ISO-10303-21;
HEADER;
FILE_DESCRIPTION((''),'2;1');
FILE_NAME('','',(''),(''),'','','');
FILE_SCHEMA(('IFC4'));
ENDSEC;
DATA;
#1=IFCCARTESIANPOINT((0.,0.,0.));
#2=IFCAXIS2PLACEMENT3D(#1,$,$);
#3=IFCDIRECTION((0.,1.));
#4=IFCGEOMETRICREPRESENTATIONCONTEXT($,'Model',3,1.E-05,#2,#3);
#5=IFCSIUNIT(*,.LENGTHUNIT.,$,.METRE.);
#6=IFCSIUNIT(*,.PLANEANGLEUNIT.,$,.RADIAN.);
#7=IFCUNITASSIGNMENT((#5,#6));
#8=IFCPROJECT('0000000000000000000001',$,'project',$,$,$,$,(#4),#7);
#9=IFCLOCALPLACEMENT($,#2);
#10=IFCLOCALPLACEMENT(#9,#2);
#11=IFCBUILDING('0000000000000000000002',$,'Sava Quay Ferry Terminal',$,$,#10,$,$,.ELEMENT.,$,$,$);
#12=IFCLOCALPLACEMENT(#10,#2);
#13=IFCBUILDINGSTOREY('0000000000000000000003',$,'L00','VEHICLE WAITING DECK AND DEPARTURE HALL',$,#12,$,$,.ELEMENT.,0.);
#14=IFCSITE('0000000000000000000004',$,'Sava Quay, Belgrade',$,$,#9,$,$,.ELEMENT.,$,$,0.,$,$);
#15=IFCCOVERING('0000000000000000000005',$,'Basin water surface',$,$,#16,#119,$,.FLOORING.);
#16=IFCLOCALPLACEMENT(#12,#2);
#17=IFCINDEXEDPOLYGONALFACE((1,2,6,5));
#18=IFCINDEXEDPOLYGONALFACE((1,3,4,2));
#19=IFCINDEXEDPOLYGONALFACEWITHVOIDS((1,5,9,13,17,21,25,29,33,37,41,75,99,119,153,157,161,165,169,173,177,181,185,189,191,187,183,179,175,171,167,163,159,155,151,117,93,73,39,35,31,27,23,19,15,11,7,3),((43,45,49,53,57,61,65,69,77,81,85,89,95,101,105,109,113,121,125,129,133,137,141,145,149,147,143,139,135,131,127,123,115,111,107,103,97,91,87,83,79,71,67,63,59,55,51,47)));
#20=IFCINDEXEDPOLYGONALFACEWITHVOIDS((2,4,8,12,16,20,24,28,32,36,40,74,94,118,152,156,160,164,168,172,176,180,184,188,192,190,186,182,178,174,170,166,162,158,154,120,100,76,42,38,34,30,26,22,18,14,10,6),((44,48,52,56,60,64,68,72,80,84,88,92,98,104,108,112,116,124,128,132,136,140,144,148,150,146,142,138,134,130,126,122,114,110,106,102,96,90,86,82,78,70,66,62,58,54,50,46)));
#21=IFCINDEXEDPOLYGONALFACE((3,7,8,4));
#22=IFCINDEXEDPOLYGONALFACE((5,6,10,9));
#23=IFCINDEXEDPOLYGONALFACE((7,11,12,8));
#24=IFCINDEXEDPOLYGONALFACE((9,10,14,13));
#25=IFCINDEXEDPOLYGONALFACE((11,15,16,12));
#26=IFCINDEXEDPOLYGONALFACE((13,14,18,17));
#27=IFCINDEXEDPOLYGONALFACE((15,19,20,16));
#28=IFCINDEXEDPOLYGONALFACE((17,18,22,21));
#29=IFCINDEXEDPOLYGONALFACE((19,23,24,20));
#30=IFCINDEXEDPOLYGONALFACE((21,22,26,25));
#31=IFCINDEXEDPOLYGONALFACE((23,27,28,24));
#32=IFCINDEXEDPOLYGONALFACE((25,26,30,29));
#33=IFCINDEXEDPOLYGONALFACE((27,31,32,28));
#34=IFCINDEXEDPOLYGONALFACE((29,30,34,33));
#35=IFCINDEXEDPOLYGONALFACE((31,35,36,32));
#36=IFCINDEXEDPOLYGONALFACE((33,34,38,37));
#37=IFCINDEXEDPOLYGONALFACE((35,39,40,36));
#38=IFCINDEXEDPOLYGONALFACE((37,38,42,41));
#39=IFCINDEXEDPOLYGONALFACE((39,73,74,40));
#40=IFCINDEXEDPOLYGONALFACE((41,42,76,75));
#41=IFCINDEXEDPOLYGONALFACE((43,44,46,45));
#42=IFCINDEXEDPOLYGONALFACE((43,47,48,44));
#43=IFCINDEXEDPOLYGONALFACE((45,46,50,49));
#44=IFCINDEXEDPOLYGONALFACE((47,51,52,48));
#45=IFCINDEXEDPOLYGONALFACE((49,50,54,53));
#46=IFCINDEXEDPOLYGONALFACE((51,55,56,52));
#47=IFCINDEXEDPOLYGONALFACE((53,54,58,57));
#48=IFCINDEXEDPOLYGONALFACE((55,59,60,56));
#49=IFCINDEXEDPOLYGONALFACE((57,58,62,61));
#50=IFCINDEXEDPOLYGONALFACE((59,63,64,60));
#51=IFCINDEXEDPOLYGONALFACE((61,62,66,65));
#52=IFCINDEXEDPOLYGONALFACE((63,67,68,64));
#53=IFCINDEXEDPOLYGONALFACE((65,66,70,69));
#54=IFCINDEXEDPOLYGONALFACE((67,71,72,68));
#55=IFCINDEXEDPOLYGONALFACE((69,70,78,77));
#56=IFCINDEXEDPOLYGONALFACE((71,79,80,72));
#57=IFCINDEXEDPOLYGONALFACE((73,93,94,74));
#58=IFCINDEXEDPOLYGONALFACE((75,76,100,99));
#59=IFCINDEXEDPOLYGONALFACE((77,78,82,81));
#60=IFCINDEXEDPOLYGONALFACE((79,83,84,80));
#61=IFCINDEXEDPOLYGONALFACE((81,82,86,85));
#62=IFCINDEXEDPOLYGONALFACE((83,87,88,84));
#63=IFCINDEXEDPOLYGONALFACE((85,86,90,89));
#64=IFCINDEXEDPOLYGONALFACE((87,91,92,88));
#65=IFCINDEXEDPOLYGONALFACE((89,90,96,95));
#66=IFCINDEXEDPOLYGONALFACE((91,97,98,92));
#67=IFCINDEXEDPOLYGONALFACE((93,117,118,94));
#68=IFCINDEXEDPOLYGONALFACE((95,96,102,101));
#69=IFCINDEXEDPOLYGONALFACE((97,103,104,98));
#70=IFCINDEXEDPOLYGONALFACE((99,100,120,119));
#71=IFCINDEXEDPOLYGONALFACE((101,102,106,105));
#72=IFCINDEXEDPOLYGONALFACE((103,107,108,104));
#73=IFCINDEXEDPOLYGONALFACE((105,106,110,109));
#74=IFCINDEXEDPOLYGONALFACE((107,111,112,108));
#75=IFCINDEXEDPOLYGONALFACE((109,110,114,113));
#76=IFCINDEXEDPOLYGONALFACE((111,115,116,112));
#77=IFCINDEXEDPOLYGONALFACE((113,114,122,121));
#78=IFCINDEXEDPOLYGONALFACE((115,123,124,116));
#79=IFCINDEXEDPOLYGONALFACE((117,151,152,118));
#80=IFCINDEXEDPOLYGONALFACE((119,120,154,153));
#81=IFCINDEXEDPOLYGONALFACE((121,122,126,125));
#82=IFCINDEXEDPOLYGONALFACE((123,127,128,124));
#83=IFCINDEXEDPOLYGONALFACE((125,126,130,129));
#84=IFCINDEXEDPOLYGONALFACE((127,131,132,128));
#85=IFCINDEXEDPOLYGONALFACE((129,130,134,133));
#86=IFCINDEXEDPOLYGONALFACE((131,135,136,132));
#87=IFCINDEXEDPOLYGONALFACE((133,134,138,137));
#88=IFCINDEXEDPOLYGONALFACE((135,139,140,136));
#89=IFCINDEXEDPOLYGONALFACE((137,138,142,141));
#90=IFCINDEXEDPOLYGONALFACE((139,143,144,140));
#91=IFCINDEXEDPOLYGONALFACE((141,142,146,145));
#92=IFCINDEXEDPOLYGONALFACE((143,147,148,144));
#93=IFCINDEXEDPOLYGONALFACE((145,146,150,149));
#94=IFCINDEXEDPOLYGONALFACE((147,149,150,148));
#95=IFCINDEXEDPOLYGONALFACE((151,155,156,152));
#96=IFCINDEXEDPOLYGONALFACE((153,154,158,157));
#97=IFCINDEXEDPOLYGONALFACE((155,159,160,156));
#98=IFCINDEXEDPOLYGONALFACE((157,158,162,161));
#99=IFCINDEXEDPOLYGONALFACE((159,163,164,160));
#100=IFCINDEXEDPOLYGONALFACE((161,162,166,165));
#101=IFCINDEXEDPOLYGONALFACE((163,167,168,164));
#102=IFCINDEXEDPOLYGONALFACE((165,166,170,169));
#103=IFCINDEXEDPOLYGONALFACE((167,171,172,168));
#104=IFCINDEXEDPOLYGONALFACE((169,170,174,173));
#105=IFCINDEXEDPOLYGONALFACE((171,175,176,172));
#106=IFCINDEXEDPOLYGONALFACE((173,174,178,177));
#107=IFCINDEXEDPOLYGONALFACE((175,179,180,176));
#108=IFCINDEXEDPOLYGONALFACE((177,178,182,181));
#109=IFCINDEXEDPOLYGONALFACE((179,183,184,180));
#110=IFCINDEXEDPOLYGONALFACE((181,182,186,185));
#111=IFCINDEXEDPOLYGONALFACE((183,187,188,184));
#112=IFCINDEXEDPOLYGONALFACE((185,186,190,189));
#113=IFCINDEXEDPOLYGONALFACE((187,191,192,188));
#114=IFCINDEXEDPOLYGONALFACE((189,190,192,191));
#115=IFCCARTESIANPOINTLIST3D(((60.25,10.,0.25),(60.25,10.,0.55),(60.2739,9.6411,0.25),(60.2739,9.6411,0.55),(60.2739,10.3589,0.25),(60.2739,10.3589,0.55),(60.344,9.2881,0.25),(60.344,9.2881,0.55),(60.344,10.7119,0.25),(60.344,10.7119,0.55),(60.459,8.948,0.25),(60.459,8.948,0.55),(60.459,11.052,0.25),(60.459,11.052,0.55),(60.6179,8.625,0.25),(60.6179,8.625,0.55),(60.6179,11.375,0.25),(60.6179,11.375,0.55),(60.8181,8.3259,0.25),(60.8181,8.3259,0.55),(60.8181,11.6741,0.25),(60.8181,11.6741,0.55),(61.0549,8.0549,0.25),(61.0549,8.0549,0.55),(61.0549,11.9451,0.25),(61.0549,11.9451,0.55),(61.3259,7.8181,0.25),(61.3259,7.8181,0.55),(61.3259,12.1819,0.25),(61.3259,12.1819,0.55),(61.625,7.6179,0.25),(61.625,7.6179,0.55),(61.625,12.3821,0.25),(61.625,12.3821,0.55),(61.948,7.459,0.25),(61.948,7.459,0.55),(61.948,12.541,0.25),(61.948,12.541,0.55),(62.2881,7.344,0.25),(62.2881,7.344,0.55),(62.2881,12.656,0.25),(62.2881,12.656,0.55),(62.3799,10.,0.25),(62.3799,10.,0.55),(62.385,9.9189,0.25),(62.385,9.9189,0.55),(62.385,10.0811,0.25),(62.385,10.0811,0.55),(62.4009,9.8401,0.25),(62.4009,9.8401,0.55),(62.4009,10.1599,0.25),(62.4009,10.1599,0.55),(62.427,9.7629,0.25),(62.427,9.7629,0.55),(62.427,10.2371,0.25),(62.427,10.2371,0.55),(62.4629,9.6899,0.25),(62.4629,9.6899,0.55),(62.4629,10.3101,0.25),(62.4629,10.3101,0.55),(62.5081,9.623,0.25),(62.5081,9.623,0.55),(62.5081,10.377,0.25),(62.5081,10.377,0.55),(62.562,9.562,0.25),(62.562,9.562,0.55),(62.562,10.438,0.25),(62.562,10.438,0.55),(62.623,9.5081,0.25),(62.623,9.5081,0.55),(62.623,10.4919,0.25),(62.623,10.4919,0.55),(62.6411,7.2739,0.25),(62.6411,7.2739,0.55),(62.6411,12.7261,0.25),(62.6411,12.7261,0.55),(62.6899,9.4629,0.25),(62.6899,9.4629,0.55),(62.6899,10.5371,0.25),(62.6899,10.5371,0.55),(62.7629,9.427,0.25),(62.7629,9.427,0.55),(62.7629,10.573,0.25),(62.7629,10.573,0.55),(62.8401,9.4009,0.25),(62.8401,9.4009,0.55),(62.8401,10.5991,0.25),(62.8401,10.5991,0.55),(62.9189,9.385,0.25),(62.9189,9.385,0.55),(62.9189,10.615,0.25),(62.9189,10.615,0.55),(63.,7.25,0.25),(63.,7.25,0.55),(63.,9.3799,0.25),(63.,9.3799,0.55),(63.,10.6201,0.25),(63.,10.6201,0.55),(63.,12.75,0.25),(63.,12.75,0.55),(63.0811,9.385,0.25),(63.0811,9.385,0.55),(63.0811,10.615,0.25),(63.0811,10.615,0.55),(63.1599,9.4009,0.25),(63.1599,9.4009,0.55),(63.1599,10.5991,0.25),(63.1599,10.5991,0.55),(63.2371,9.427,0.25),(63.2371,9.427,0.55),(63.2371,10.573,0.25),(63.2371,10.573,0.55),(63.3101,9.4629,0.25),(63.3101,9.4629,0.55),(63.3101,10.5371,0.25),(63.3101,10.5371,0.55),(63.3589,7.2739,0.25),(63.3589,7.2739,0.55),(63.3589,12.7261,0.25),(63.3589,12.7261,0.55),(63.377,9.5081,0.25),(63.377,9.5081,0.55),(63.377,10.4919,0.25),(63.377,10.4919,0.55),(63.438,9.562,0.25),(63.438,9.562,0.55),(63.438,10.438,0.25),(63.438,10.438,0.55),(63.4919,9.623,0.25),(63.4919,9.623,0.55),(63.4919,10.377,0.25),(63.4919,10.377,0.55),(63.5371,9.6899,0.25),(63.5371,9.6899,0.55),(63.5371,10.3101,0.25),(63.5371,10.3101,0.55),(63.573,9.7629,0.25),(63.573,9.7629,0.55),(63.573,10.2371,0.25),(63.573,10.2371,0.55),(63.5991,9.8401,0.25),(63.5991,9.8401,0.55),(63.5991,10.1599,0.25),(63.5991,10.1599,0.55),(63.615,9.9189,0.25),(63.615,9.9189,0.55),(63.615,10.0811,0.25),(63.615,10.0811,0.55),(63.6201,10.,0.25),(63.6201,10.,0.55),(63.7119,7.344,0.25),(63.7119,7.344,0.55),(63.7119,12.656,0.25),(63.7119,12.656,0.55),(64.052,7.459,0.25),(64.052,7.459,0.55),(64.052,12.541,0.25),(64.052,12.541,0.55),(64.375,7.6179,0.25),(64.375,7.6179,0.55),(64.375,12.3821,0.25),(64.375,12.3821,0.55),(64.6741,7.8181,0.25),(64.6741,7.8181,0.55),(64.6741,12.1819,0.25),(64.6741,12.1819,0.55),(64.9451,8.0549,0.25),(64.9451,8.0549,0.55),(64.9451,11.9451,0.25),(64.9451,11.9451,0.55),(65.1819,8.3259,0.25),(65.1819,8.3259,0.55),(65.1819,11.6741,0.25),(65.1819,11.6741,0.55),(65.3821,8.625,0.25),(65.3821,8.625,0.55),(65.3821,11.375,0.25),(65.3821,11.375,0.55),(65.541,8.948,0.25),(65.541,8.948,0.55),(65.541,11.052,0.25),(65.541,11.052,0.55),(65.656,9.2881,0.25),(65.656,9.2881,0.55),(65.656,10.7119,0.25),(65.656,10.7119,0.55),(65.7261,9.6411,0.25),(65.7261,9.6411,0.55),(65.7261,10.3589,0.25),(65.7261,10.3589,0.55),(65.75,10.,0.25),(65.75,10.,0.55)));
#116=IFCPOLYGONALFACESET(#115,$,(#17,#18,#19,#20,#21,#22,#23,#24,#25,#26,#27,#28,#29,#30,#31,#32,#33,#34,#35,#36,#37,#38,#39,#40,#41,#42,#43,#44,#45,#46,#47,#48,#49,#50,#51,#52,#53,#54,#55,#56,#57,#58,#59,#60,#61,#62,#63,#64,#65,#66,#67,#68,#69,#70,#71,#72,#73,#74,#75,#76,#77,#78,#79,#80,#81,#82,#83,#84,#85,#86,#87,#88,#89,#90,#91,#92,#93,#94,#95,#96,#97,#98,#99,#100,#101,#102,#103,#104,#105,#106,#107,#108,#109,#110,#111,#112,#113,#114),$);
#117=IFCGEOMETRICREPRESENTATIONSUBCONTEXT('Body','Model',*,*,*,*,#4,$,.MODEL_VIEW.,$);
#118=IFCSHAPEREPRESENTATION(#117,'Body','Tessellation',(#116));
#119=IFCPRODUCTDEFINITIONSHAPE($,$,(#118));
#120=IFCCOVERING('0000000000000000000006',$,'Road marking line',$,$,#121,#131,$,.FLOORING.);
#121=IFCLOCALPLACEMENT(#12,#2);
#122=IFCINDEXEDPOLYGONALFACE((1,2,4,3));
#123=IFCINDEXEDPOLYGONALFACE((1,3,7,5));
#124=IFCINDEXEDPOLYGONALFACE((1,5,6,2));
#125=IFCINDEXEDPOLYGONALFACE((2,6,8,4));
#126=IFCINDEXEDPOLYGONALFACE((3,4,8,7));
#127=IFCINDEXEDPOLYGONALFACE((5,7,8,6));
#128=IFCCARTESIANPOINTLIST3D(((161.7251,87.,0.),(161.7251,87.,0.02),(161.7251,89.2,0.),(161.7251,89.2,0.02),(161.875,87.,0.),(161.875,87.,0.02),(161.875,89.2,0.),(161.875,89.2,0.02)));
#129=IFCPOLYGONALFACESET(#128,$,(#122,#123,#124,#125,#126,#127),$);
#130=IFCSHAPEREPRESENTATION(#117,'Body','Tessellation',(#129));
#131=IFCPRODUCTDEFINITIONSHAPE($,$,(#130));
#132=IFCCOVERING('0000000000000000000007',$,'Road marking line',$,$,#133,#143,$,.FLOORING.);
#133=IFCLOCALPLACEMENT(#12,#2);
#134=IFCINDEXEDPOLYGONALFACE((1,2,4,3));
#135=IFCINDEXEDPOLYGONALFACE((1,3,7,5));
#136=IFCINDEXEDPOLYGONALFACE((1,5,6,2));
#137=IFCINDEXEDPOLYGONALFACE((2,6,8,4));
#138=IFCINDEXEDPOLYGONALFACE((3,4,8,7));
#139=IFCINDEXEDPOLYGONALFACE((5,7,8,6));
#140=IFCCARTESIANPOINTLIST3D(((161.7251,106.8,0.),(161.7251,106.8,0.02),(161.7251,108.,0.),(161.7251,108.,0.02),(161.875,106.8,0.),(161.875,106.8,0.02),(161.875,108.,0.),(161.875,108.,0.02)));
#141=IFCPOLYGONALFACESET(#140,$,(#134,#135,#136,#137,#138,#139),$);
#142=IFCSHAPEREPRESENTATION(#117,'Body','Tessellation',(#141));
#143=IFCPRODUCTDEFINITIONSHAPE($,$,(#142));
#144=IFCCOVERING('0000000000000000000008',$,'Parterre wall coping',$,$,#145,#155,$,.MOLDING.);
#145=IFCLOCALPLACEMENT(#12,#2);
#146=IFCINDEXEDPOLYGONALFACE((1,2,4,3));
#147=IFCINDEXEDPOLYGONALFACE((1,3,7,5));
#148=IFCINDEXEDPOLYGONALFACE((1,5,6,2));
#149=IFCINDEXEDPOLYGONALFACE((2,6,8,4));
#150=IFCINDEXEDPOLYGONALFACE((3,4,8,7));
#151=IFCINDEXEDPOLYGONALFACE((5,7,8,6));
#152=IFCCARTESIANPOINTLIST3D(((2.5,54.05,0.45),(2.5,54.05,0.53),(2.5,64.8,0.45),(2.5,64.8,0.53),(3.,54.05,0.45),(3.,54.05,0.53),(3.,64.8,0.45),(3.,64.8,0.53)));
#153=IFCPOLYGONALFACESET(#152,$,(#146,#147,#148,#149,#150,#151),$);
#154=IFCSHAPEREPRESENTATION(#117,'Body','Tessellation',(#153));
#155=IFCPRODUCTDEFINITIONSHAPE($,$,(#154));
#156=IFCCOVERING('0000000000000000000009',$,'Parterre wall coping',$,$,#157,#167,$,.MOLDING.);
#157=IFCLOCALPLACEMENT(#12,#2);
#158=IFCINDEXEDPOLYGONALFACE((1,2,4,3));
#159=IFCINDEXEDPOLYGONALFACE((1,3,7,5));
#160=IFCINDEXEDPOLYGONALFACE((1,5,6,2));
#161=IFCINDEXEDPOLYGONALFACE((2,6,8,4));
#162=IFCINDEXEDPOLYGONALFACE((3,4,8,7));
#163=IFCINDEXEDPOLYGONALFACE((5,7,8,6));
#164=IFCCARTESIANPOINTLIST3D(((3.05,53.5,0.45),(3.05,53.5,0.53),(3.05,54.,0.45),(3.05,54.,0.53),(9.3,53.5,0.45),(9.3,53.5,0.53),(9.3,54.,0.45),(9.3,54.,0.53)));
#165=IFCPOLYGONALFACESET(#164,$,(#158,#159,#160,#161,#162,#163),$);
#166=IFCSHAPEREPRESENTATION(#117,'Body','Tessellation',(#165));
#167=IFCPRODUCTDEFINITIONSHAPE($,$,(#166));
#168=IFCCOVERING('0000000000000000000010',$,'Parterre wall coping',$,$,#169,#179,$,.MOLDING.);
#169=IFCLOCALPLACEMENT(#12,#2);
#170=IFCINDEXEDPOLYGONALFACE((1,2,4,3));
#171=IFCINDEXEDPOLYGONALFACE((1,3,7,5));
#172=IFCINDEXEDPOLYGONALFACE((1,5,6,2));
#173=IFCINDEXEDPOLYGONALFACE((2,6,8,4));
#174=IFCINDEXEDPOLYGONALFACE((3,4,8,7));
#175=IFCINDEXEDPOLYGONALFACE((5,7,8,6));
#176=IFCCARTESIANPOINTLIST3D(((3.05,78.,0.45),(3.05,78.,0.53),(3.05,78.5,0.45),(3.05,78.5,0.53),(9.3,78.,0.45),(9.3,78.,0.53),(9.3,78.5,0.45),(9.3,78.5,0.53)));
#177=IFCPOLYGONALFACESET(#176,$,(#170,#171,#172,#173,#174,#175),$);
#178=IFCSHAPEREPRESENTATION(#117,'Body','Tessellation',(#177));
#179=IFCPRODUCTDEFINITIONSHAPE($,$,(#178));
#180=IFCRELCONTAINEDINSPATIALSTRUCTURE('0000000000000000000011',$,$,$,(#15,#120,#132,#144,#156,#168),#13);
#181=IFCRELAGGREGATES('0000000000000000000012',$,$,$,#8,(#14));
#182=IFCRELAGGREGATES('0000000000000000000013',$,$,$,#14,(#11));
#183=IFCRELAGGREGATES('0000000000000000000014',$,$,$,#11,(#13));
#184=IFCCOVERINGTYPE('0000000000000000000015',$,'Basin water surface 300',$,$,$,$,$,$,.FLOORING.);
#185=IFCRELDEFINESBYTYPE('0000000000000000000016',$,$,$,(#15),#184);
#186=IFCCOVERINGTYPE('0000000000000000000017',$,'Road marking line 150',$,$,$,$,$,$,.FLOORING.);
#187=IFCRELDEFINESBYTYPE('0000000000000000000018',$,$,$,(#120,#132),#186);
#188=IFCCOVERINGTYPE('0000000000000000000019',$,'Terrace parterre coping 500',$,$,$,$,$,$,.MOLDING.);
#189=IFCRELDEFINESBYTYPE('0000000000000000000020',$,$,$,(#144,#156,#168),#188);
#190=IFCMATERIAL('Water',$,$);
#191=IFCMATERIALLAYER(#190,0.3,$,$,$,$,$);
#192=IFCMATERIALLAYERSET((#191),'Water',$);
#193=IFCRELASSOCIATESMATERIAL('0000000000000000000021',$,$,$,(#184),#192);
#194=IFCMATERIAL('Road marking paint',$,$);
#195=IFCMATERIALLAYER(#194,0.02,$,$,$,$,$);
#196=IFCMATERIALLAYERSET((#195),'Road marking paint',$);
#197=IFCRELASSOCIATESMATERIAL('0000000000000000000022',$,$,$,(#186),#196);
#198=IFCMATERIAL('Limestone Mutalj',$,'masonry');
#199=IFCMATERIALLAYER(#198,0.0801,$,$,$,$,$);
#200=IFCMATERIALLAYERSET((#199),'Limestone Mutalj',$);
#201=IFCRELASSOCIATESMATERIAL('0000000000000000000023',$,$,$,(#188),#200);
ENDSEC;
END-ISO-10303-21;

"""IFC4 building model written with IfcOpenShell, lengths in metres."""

from ifc_helpers import new_model, si_unit, direction, frame, origin, place, context, subcontext, project, spatial, polyline, outline, extrude, material, layer, layer_set, type_object, element, save


model = new_model("IFC4")

# Units and contexts
model_context = context("Model", 3, precision=1e-05, world=origin(), true_north=direction((0.0, 1.0)))
body_context = subcontext(model_context, "Body", "Model", "MODEL_VIEW")
ifc_project = project(units=[si_unit("LENGTHUNIT", "METRE"), si_unit("PLANEANGLEUNIT", "RADIAN")], contexts=[model_context])

# Site, building, storey
site_placement = place(None, origin())
site = spatial("IfcSite", under=ifc_project, at=site_placement, Name="Sava Quay, Belgrade", CompositionType="ELEMENT", RefElevation=0.0)
building_placement = place(site_placement, origin())
building = spatial("IfcBuilding", under=site, at=building_placement, Name="Sava Quay Ferry Terminal", CompositionType="ELEMENT")
storey_placement = place(building_placement, origin())
storey = spatial("IfcBuildingStorey", under=building, at=storey_placement, Name="L00", Description="VEHICLE WAITING DECK AND DEPARTURE HALL", CompositionType="ELEMENT", Elevation=0.0)

# Coverings
ifc_material_1 = material(Name="Water")
ifc_layer_1 = layer(ifc_material_1, 0.3)
ifc_layer_set_1 = layer_set([ifc_layer_1], Name="Water")
covering_type_1 = type_object("IfcCoveringType", Name="Basin water surface 300", PredefinedType="FLOORING", material=ifc_layer_set_1)
covering_1_placement = place(storey_placement, frame((0.0, 0.0, 0.25)))
element("IfcCovering", 1, at=covering_1_placement, inside=storey, type_object=covering_type_1, Name="Basin water surface", PredefinedType="FLOORING", context=body_context, shape_type="SweptSolid", body=[
    extrude(outline(polyline([(65.7261, 9.6411), (65.75, 10.0), (65.7261, 10.3589), (65.656, 10.7119), (65.541, 11.052), (65.3821, 11.375), (65.1819, 11.6741), (64.9451, 11.9451), (64.6741, 12.1819), (64.375, 12.3821), (64.052, 12.541), (63.7119, 12.656), (63.3589, 12.7261), (63.0, 12.75), (62.6411, 12.7261), (62.2881, 12.656), (61.948, 12.541), (61.625, 12.3821), (61.3259, 12.1819), (61.0549, 11.9451), (60.8181, 11.6741), (60.6179, 11.375), (60.459, 11.052), (60.344, 10.7119), (60.2739, 10.3589), (60.25, 10.0), (60.2739, 9.6411), (60.344, 9.2881), (60.459, 8.948), (60.6179, 8.625), (60.8181, 8.3259), (61.0549, 8.0549), (61.3259, 7.8181), (61.625, 7.6179), (61.948, 7.459), (62.2881, 7.344), (62.6411, 7.2739), (63.0, 7.25), (63.3589, 7.2739), (63.7119, 7.344), (64.052, 7.459), (64.375, 7.6179), (64.6741, 7.8181), (64.9451, 8.0549), (65.1819, 8.3259), (65.3821, 8.625), (65.541, 8.948), (65.656, 9.2881), (65.7261, 9.6411)]), holes=[polyline([(63.615, 10.0811), (63.6201, 10.0), (63.615, 9.9189), (63.5991, 9.8401), (63.573, 9.7629), (63.5371, 9.6899), (63.4919, 9.623), (63.438, 9.562), (63.377, 9.5081), (63.3101, 9.4629), (63.2371, 9.427), (63.1599, 9.4009), (63.0811, 9.385), (63.0, 9.3799), (62.9189, 9.385), (62.8401, 9.4009), (62.7629, 9.427), (62.6899, 9.4629), (62.623, 9.5081), (62.562, 9.562), (62.5081, 9.623), (62.4629, 9.6899), (62.427, 9.7629), (62.4009, 9.8401), (62.385, 9.9189), (62.3799, 10.0), (62.385, 10.0811), (62.4009, 10.1599), (62.427, 10.2371), (62.4629, 10.3101), (62.5081, 10.377), (62.562, 10.438), (62.623, 10.4919), (62.6899, 10.5371), (62.7629, 10.573), (62.8401, 10.5991), (62.9189, 10.615), (63.0, 10.6201), (63.0811, 10.615), (63.1599, 10.5991), (63.2371, 10.573), (63.3101, 10.5371), (63.377, 10.4919), (63.438, 10.438), (63.4919, 10.377), (63.5371, 10.3101), (63.573, 10.2371), (63.5991, 10.1599), (63.615, 10.0811)])]), origin(), (0.0, 0.0, 1.0), 0.3),
])
ifc_material_2 = material(Name="Road marking paint")
ifc_layer_2 = layer(ifc_material_2, 0.02)
ifc_layer_set_2 = layer_set([ifc_layer_2], Name="Road marking paint")
covering_type_2 = type_object("IfcCoveringType", Name="Road marking line 150", PredefinedType="FLOORING", material=ifc_layer_set_2)
covering_2_placement = place(storey_placement, origin())
element("IfcCovering", 2, at=covering_2_placement, inside=storey, type_object=covering_type_2, Name="Road marking line", PredefinedType="FLOORING", context=body_context, shape_type="SweptSolid", body=[
    extrude(outline(polyline([(161.7251, 89.2), (161.7251, 87.0), (161.875, 87.0), (161.875, 89.2), (161.7251, 89.2)])), origin(), (0.0, 0.0, 1.0), 0.02),
])
covering_3_placement = place(storey_placement, origin())
element("IfcCovering", 3, at=covering_3_placement, inside=storey, type_object=covering_type_2, Name="Road marking line", PredefinedType="FLOORING", context=body_context, shape_type="SweptSolid", body=[
    extrude(outline(polyline([(161.7251, 108.0), (161.7251, 106.8), (161.875, 106.8), (161.875, 108.0), (161.7251, 108.0)])), origin(), (0.0, 0.0, 1.0), 0.02),
])
ifc_material_3 = material(Name="Limestone Mutalj", Category="masonry")
ifc_layer_3 = layer(ifc_material_3, 0.0801)
ifc_layer_set_3 = layer_set([ifc_layer_3], Name="Limestone Mutalj")
covering_type_3 = type_object("IfcCoveringType", Name="Terrace parterre coping 500", PredefinedType="MOLDING", material=ifc_layer_set_3)
covering_4_placement = place(storey_placement, frame((0.0, 0.0, 0.45)))
element("IfcCovering", 4, at=covering_4_placement, inside=storey, type_object=covering_type_3, Name="Parterre wall coping", PredefinedType="MOLDING", context=body_context, shape_type="SweptSolid", body=[
    extrude(outline(polyline([(3.0, 54.05), (3.0, 64.8), (2.5, 64.8), (2.5, 54.05), (3.0, 54.05)])), origin(), (0.0, 0.0, 1.0), 0.0801),
])
covering_5_placement = place(storey_placement, frame((0.0, 0.0, 0.45)))
element("IfcCovering", 5, at=covering_5_placement, inside=storey, type_object=covering_type_3, Name="Parterre wall coping", PredefinedType="MOLDING", context=body_context, shape_type="SweptSolid", body=[
    extrude(outline(polyline([(9.3, 53.5), (9.3, 54.0), (3.05, 54.0), (3.05, 53.5), (9.3, 53.5)])), origin(), (0.0, 0.0, 1.0), 0.0801),
])
covering_6_placement = place(storey_placement, frame((0.0, 0.0, 0.45)))
element("IfcCovering", 6, at=covering_6_placement, inside=storey, type_object=covering_type_3, Name="Parterre wall coping", PredefinedType="MOLDING", context=body_context, shape_type="SweptSolid", body=[
    extrude(outline(polyline([(9.3, 78.0), (9.3, 78.5), (3.05, 78.5), (3.05, 78.0), (9.3, 78.0)])), origin(), (0.0, 0.0, 1.0), 0.0801),
])

save(model, "model.ifc")
